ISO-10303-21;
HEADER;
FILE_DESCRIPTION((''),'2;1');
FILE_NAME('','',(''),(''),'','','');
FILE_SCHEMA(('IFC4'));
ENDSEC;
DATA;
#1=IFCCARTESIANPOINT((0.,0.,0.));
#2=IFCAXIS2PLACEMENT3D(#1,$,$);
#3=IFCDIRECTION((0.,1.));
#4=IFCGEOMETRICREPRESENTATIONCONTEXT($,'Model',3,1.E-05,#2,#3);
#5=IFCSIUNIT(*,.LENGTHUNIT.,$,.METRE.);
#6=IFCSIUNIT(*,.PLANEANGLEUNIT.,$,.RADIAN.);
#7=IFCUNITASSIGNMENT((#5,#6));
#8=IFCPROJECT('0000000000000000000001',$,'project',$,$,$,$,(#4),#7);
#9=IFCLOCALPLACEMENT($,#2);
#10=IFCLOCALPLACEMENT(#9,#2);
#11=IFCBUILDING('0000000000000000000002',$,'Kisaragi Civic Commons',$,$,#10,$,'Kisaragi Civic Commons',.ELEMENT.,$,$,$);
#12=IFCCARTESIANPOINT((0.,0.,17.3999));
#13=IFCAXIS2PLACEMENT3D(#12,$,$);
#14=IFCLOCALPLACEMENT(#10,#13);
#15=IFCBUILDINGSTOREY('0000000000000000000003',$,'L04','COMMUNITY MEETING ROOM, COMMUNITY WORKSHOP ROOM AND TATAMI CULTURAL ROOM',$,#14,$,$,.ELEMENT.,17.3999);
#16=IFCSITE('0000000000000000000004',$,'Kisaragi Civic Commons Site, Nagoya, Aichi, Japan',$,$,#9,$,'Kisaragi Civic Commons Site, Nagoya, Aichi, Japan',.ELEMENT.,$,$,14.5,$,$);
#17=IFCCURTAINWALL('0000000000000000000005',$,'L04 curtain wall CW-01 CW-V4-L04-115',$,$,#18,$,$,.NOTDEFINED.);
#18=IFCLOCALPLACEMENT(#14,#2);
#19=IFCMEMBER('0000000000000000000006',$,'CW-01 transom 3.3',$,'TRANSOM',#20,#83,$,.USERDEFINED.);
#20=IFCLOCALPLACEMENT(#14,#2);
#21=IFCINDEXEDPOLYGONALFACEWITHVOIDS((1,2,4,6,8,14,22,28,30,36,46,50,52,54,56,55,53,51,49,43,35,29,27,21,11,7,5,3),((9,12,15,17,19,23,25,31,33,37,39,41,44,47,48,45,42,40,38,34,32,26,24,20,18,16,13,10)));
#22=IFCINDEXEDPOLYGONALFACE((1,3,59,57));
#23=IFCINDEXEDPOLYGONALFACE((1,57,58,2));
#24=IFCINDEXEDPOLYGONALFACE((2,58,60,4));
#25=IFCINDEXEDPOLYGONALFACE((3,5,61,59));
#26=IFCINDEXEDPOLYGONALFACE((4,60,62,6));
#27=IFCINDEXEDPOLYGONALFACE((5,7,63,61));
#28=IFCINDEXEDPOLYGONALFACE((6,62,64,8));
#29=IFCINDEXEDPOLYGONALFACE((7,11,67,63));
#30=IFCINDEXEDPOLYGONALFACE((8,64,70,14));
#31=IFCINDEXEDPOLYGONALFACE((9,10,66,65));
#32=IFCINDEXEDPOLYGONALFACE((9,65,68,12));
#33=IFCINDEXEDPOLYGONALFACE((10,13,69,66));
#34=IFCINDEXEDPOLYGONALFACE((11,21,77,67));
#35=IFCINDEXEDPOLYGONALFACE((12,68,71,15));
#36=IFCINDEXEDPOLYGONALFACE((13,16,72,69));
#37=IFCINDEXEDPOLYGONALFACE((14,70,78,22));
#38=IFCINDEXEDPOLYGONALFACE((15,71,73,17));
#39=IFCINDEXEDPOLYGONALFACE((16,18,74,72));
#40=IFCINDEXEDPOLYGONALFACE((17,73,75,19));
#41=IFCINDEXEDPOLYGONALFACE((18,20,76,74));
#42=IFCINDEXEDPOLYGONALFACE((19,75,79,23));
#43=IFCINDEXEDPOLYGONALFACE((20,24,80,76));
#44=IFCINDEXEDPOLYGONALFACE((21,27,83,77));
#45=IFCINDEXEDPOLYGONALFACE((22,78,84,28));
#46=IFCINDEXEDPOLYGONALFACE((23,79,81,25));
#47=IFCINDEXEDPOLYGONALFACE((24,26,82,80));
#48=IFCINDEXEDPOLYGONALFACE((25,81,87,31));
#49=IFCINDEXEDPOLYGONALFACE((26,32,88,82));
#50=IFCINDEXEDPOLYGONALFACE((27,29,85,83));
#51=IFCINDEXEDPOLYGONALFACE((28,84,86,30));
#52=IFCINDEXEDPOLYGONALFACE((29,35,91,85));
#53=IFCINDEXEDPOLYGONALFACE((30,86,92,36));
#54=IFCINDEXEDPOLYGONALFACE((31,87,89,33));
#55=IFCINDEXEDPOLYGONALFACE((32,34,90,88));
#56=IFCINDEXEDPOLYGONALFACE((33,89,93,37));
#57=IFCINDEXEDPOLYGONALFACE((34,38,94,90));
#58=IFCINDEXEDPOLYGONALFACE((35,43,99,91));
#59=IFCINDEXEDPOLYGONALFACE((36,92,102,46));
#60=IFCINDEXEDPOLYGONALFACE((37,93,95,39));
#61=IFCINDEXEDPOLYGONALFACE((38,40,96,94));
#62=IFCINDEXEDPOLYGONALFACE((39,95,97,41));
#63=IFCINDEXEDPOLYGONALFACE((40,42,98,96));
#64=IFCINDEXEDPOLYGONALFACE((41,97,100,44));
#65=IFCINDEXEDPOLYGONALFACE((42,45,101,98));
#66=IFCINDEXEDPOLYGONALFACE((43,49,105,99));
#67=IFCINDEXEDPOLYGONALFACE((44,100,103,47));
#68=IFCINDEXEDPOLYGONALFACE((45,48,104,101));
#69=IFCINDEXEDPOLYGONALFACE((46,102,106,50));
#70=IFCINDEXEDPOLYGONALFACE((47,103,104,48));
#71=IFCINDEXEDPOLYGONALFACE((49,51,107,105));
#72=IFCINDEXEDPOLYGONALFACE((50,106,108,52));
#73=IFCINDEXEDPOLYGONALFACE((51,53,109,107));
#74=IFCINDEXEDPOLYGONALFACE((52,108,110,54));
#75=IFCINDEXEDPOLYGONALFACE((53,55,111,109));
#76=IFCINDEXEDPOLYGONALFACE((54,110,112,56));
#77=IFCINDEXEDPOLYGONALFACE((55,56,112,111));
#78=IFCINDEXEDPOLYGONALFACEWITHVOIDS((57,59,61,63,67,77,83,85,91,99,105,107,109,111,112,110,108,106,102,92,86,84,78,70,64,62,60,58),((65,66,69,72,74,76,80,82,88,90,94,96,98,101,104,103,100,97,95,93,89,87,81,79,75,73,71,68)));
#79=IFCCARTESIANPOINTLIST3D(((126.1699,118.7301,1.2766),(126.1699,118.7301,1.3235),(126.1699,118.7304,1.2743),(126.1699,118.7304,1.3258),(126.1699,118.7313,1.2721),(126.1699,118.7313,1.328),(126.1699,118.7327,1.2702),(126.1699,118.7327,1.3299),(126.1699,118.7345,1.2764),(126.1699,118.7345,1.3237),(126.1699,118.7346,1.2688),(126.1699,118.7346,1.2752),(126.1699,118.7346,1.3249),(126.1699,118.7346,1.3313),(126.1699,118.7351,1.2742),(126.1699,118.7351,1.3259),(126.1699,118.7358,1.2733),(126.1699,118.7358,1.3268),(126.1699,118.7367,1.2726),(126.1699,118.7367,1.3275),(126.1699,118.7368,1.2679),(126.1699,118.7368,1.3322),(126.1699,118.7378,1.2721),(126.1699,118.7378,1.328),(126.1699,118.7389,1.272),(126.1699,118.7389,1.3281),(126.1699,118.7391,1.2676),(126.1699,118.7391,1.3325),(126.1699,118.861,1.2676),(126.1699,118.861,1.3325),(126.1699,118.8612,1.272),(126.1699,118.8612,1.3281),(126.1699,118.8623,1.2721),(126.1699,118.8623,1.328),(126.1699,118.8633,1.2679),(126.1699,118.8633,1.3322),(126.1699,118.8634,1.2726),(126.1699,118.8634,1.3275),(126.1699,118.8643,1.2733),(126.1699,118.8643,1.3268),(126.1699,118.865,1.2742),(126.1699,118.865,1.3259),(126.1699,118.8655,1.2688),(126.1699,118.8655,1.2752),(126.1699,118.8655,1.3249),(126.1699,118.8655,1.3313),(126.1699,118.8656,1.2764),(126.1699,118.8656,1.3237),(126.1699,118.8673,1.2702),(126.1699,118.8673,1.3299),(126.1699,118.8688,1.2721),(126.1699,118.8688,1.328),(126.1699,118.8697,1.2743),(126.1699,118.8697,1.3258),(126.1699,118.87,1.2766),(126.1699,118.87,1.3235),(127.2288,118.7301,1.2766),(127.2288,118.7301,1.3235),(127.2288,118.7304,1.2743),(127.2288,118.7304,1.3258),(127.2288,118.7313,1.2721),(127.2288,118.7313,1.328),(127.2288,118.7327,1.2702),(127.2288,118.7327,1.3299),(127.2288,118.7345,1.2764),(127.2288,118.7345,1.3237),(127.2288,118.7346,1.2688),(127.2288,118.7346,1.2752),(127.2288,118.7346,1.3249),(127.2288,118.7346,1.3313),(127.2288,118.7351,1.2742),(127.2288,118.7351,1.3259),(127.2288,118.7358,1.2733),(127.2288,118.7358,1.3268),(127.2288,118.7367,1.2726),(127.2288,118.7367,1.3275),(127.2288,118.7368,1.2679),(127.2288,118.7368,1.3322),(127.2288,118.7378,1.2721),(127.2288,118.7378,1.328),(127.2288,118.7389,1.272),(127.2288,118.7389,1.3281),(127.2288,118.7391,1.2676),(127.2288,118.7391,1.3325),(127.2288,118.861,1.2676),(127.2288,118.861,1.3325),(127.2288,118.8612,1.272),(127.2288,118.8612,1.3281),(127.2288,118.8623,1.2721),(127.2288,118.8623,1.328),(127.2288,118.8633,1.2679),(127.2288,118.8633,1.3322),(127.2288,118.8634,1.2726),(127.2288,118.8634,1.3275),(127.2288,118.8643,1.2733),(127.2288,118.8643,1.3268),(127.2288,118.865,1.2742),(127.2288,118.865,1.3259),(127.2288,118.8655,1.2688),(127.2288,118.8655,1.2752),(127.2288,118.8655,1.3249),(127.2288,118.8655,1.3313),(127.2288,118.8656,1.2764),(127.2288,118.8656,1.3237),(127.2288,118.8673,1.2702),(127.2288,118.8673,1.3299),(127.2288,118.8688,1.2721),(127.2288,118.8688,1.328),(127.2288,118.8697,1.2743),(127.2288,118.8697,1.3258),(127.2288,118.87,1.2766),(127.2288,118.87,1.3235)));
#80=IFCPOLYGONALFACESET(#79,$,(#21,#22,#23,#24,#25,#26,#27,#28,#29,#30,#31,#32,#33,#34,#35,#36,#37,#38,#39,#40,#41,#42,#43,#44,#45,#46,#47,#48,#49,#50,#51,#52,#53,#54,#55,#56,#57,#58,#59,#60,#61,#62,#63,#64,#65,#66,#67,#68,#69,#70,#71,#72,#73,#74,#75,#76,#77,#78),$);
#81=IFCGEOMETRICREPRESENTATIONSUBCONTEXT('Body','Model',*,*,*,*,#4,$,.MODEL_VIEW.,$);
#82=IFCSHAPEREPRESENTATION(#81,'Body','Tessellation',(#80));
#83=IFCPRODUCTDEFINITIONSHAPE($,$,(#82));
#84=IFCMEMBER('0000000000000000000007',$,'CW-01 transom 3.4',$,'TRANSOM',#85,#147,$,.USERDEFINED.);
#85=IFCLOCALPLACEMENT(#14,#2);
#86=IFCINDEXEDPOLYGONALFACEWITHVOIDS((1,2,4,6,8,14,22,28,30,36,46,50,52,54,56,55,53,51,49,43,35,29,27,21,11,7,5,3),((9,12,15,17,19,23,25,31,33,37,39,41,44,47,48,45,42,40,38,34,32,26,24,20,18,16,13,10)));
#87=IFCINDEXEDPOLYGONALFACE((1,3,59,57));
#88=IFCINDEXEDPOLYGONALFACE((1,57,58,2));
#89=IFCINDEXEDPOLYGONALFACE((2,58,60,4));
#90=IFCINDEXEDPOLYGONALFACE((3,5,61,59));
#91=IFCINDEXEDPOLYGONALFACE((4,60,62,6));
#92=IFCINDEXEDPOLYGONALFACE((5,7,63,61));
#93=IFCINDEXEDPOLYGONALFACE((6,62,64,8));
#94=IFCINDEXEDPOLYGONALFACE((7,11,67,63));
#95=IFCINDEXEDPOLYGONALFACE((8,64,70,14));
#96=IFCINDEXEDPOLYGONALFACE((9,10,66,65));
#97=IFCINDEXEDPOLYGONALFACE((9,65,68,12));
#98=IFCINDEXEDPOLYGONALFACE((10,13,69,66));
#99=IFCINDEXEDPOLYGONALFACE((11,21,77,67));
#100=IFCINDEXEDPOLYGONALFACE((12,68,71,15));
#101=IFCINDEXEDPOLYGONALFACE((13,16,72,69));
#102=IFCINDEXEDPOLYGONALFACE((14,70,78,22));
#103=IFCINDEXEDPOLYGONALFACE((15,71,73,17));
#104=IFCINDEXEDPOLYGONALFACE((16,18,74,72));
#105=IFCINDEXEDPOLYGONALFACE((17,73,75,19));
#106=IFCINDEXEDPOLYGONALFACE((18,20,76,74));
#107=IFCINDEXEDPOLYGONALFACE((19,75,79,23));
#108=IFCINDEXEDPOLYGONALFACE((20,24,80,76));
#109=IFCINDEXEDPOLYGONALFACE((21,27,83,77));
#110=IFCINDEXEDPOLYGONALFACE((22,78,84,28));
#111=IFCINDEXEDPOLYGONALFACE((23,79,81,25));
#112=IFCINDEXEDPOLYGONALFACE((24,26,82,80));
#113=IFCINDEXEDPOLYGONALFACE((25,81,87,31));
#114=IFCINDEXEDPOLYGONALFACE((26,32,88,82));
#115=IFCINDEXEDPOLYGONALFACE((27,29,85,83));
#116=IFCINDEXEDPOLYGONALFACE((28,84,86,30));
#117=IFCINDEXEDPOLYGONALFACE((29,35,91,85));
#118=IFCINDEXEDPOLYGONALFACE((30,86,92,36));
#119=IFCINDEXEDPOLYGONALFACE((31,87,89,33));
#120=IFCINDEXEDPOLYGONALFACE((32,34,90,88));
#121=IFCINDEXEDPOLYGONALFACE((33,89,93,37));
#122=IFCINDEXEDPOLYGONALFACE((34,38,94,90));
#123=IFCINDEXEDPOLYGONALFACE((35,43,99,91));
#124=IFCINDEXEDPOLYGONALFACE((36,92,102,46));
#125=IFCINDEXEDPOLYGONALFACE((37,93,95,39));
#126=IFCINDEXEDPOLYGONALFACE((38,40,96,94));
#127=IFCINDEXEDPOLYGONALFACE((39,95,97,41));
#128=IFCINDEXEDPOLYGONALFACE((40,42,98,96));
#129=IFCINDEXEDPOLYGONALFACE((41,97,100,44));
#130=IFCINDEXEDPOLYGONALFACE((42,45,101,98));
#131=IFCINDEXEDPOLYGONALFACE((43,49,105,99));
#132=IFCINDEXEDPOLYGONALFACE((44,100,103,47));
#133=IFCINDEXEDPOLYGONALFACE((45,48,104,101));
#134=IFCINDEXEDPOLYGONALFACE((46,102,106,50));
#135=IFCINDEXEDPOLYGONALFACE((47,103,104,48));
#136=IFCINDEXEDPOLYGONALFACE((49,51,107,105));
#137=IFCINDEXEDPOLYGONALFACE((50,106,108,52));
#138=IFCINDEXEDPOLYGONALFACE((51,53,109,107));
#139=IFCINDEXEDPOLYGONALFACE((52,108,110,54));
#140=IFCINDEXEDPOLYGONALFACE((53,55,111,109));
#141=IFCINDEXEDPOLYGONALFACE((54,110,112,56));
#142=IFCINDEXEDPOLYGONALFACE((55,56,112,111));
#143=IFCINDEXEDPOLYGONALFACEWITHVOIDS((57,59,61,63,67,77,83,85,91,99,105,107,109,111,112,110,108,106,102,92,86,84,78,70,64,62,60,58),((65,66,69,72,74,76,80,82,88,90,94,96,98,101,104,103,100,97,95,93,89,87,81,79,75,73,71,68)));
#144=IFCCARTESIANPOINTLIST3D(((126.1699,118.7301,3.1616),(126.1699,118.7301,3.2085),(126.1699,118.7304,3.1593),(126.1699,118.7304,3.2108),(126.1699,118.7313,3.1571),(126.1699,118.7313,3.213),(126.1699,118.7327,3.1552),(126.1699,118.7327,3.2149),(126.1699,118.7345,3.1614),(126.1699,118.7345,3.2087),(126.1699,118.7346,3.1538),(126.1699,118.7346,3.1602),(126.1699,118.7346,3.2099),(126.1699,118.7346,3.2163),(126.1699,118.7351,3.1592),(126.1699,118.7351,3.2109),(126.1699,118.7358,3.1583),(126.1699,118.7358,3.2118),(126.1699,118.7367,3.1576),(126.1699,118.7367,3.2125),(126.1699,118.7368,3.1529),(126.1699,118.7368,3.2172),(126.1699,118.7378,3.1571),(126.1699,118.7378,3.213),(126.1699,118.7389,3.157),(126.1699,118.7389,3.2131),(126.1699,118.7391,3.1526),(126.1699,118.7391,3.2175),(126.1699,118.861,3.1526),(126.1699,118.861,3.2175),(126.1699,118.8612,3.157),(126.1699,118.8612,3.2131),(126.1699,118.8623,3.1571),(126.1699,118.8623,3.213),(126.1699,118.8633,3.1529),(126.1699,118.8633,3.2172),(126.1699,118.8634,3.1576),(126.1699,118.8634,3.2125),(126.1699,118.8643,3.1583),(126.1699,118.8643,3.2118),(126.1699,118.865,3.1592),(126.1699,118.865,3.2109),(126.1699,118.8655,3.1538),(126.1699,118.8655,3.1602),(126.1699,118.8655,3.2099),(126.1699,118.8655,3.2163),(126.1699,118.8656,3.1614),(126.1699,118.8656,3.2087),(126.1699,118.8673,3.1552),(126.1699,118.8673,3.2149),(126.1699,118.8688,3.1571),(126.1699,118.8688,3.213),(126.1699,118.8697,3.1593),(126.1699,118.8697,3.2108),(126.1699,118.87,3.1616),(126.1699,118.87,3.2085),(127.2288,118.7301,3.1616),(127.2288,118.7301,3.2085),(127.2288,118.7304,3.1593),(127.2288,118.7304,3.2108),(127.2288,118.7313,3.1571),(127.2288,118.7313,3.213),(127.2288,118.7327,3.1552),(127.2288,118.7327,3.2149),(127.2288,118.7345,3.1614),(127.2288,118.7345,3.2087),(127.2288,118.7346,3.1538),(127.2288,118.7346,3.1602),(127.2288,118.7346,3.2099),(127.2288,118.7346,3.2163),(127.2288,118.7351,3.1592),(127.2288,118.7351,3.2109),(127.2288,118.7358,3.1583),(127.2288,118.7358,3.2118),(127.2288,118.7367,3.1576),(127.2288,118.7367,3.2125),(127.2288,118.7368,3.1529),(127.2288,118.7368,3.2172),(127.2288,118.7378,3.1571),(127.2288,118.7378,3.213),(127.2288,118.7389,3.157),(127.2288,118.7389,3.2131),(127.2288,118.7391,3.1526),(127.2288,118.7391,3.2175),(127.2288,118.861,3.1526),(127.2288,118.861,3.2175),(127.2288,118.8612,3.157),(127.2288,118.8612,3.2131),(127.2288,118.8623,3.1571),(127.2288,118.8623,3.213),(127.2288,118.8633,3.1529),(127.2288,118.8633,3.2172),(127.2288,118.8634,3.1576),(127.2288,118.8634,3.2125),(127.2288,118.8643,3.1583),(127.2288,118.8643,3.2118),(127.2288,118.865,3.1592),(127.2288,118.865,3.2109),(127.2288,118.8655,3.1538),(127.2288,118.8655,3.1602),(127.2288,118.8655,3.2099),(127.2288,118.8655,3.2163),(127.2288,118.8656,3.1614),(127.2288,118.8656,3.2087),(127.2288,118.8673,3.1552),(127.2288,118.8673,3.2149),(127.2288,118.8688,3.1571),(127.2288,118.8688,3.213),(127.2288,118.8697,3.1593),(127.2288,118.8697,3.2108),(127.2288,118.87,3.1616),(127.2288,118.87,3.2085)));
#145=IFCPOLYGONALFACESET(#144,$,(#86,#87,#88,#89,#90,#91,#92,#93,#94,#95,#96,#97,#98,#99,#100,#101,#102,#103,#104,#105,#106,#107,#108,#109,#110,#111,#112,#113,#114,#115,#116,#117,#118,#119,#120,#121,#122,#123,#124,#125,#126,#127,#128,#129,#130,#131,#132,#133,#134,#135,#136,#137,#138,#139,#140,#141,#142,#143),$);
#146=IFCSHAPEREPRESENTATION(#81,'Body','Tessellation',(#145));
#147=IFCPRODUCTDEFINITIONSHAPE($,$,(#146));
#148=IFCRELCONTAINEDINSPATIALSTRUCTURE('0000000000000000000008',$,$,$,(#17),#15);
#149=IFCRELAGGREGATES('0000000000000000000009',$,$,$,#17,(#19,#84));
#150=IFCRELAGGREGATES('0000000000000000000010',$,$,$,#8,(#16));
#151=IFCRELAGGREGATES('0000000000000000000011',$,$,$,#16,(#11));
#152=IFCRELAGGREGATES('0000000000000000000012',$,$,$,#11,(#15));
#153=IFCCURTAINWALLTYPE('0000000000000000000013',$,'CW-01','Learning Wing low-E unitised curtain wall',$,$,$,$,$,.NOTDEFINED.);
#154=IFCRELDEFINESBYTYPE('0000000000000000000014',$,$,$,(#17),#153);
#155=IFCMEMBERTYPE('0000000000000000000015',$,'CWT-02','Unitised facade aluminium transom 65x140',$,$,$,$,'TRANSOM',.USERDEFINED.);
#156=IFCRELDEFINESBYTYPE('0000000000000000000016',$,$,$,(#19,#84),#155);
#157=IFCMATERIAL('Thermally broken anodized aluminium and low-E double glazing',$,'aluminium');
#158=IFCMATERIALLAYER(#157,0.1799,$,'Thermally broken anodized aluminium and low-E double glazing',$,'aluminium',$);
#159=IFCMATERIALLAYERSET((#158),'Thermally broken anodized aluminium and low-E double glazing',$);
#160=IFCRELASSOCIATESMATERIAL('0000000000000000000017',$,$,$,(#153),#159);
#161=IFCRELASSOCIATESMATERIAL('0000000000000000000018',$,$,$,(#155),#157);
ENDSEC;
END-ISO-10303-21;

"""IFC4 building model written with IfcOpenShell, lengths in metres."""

from ifc_helpers import new_model, si_unit, direction, frame, origin, origin_2d, place, context, subcontext, project, spatial, hollow_rectangle, extrude, material, layer, layer_set, material_profile, profile_set, type_object, element, aggregate, save


model = new_model("IFC4")

# Units and contexts
model_context = context("Model", 3, precision=1e-05, world=origin(), true_north=direction((0.0, 1.0)))
body_context = subcontext(model_context, "Body", "Model", "MODEL_VIEW")
ifc_project = project(units=[si_unit("LENGTHUNIT", "METRE"), si_unit("PLANEANGLEUNIT", "RADIAN")], contexts=[model_context])

# Site, building, storey
site_placement = place(None, origin())
site = spatial("IfcSite", under=ifc_project, at=site_placement, Name="Kisaragi Civic Commons Site, Nagoya, Aichi, Japan", LongName="Kisaragi Civic Commons Site, Nagoya, Aichi, Japan", CompositionType="ELEMENT", RefElevation=14.5)
building_placement = place(site_placement, origin())
building = spatial("IfcBuilding", under=site, at=building_placement, Name="Kisaragi Civic Commons", LongName="Kisaragi Civic Commons", CompositionType="ELEMENT")
storey_placement = place(building_placement, frame((0.0, 0.0, 17.3999)))
storey = spatial("IfcBuildingStorey", under=building, at=storey_placement, Name="L04", Description="COMMUNITY MEETING ROOM, COMMUNITY WORKSHOP ROOM AND TATAMI CULTURAL ROOM", CompositionType="ELEMENT", Elevation=17.3999)

# Curtain wall, members
ifc_material_1 = material(Name="Thermally broken anodized aluminium and low-E double glazing", Category="aluminium")
ifc_layer_1 = layer(ifc_material_1, 0.1799, Name="Thermally broken anodized aluminium and low-E double glazing", Category="aluminium")
ifc_layer_set_1 = layer_set([ifc_layer_1], Name="Thermally broken anodized aluminium and low-E double glazing")
curtain_wall_type = type_object("IfcCurtainWallType", Name="CW-01", Description="Learning Wing low-E unitised curtain wall", PredefinedType="NOTDEFINED", material=ifc_layer_set_1)
curtain_wall_placement = place(storey_placement, origin())
curtain_wall = element("IfcCurtainWall", 1, at=curtain_wall_placement, inside=storey, type_object=curtain_wall_type, Name="L04 curtain wall CW-01 CW-V4-L04-115", PredefinedType="NOTDEFINED")
ifc_material_profile_1 = material_profile(ifc_material_1, hollow_rectangle(XDim=0.1399, YDim=0.0649, WallThickness=0.0044, InnerFilletRadius=0.0044, OuterFilletRadius=0.009, at=origin_2d()), Name="CWT-65x140x4.5", Category="aluminium")
ifc_profile_set_1 = profile_set([ifc_material_profile_1], Name="Thermally broken anodized aluminium and low-E double glazing")
member_type_1 = type_object("IfcMemberType", Name="CWT-02", Description="Unitised facade aluminium transom 65x140", ElementType="TRANSOM", PredefinedType="USERDEFINED", material=ifc_profile_set_1)
member_1_placement = place(storey_placement, frame((126.1699, 118.8, 1.3), z_axis=(1.0, 0.0, 0.0), x_axis=(0.0, 1.0, 0.0)))
member_1 = element("IfcMember", 2, at=member_1_placement, type_object=member_type_1, Name="CW-01 transom 3.3", ObjectType="TRANSOM", PredefinedType="USERDEFINED", context=body_context, shape_type="SweptSolid", body=[
    extrude(hollow_rectangle(XDim=0.1399, YDim=0.0649, WallThickness=0.0044, InnerFilletRadius=0.0044, OuterFilletRadius=0.009, at=origin_2d()), origin(), (0.0, 0.0, 1.0), 1.0588),
])
member_2_placement = place(storey_placement, frame((126.1699, 118.8, 3.1851), z_axis=(1.0, 0.0, 0.0), x_axis=(0.0, 1.0, 0.0)))
member_2 = element("IfcMember", 3, at=member_2_placement, type_object=member_type_1, Name="CW-01 transom 3.4", ObjectType="TRANSOM", PredefinedType="USERDEFINED", context=body_context, shape_type="SweptSolid", body=[
    extrude(hollow_rectangle(XDim=0.1399, YDim=0.0649, WallThickness=0.0044, InnerFilletRadius=0.0044, OuterFilletRadius=0.009, at=origin_2d()), origin(), (0.0, 0.0, 1.0), 1.0588),
])
aggregate(curtain_wall, [member_1, member_2])

save(model, "model.ifc")
